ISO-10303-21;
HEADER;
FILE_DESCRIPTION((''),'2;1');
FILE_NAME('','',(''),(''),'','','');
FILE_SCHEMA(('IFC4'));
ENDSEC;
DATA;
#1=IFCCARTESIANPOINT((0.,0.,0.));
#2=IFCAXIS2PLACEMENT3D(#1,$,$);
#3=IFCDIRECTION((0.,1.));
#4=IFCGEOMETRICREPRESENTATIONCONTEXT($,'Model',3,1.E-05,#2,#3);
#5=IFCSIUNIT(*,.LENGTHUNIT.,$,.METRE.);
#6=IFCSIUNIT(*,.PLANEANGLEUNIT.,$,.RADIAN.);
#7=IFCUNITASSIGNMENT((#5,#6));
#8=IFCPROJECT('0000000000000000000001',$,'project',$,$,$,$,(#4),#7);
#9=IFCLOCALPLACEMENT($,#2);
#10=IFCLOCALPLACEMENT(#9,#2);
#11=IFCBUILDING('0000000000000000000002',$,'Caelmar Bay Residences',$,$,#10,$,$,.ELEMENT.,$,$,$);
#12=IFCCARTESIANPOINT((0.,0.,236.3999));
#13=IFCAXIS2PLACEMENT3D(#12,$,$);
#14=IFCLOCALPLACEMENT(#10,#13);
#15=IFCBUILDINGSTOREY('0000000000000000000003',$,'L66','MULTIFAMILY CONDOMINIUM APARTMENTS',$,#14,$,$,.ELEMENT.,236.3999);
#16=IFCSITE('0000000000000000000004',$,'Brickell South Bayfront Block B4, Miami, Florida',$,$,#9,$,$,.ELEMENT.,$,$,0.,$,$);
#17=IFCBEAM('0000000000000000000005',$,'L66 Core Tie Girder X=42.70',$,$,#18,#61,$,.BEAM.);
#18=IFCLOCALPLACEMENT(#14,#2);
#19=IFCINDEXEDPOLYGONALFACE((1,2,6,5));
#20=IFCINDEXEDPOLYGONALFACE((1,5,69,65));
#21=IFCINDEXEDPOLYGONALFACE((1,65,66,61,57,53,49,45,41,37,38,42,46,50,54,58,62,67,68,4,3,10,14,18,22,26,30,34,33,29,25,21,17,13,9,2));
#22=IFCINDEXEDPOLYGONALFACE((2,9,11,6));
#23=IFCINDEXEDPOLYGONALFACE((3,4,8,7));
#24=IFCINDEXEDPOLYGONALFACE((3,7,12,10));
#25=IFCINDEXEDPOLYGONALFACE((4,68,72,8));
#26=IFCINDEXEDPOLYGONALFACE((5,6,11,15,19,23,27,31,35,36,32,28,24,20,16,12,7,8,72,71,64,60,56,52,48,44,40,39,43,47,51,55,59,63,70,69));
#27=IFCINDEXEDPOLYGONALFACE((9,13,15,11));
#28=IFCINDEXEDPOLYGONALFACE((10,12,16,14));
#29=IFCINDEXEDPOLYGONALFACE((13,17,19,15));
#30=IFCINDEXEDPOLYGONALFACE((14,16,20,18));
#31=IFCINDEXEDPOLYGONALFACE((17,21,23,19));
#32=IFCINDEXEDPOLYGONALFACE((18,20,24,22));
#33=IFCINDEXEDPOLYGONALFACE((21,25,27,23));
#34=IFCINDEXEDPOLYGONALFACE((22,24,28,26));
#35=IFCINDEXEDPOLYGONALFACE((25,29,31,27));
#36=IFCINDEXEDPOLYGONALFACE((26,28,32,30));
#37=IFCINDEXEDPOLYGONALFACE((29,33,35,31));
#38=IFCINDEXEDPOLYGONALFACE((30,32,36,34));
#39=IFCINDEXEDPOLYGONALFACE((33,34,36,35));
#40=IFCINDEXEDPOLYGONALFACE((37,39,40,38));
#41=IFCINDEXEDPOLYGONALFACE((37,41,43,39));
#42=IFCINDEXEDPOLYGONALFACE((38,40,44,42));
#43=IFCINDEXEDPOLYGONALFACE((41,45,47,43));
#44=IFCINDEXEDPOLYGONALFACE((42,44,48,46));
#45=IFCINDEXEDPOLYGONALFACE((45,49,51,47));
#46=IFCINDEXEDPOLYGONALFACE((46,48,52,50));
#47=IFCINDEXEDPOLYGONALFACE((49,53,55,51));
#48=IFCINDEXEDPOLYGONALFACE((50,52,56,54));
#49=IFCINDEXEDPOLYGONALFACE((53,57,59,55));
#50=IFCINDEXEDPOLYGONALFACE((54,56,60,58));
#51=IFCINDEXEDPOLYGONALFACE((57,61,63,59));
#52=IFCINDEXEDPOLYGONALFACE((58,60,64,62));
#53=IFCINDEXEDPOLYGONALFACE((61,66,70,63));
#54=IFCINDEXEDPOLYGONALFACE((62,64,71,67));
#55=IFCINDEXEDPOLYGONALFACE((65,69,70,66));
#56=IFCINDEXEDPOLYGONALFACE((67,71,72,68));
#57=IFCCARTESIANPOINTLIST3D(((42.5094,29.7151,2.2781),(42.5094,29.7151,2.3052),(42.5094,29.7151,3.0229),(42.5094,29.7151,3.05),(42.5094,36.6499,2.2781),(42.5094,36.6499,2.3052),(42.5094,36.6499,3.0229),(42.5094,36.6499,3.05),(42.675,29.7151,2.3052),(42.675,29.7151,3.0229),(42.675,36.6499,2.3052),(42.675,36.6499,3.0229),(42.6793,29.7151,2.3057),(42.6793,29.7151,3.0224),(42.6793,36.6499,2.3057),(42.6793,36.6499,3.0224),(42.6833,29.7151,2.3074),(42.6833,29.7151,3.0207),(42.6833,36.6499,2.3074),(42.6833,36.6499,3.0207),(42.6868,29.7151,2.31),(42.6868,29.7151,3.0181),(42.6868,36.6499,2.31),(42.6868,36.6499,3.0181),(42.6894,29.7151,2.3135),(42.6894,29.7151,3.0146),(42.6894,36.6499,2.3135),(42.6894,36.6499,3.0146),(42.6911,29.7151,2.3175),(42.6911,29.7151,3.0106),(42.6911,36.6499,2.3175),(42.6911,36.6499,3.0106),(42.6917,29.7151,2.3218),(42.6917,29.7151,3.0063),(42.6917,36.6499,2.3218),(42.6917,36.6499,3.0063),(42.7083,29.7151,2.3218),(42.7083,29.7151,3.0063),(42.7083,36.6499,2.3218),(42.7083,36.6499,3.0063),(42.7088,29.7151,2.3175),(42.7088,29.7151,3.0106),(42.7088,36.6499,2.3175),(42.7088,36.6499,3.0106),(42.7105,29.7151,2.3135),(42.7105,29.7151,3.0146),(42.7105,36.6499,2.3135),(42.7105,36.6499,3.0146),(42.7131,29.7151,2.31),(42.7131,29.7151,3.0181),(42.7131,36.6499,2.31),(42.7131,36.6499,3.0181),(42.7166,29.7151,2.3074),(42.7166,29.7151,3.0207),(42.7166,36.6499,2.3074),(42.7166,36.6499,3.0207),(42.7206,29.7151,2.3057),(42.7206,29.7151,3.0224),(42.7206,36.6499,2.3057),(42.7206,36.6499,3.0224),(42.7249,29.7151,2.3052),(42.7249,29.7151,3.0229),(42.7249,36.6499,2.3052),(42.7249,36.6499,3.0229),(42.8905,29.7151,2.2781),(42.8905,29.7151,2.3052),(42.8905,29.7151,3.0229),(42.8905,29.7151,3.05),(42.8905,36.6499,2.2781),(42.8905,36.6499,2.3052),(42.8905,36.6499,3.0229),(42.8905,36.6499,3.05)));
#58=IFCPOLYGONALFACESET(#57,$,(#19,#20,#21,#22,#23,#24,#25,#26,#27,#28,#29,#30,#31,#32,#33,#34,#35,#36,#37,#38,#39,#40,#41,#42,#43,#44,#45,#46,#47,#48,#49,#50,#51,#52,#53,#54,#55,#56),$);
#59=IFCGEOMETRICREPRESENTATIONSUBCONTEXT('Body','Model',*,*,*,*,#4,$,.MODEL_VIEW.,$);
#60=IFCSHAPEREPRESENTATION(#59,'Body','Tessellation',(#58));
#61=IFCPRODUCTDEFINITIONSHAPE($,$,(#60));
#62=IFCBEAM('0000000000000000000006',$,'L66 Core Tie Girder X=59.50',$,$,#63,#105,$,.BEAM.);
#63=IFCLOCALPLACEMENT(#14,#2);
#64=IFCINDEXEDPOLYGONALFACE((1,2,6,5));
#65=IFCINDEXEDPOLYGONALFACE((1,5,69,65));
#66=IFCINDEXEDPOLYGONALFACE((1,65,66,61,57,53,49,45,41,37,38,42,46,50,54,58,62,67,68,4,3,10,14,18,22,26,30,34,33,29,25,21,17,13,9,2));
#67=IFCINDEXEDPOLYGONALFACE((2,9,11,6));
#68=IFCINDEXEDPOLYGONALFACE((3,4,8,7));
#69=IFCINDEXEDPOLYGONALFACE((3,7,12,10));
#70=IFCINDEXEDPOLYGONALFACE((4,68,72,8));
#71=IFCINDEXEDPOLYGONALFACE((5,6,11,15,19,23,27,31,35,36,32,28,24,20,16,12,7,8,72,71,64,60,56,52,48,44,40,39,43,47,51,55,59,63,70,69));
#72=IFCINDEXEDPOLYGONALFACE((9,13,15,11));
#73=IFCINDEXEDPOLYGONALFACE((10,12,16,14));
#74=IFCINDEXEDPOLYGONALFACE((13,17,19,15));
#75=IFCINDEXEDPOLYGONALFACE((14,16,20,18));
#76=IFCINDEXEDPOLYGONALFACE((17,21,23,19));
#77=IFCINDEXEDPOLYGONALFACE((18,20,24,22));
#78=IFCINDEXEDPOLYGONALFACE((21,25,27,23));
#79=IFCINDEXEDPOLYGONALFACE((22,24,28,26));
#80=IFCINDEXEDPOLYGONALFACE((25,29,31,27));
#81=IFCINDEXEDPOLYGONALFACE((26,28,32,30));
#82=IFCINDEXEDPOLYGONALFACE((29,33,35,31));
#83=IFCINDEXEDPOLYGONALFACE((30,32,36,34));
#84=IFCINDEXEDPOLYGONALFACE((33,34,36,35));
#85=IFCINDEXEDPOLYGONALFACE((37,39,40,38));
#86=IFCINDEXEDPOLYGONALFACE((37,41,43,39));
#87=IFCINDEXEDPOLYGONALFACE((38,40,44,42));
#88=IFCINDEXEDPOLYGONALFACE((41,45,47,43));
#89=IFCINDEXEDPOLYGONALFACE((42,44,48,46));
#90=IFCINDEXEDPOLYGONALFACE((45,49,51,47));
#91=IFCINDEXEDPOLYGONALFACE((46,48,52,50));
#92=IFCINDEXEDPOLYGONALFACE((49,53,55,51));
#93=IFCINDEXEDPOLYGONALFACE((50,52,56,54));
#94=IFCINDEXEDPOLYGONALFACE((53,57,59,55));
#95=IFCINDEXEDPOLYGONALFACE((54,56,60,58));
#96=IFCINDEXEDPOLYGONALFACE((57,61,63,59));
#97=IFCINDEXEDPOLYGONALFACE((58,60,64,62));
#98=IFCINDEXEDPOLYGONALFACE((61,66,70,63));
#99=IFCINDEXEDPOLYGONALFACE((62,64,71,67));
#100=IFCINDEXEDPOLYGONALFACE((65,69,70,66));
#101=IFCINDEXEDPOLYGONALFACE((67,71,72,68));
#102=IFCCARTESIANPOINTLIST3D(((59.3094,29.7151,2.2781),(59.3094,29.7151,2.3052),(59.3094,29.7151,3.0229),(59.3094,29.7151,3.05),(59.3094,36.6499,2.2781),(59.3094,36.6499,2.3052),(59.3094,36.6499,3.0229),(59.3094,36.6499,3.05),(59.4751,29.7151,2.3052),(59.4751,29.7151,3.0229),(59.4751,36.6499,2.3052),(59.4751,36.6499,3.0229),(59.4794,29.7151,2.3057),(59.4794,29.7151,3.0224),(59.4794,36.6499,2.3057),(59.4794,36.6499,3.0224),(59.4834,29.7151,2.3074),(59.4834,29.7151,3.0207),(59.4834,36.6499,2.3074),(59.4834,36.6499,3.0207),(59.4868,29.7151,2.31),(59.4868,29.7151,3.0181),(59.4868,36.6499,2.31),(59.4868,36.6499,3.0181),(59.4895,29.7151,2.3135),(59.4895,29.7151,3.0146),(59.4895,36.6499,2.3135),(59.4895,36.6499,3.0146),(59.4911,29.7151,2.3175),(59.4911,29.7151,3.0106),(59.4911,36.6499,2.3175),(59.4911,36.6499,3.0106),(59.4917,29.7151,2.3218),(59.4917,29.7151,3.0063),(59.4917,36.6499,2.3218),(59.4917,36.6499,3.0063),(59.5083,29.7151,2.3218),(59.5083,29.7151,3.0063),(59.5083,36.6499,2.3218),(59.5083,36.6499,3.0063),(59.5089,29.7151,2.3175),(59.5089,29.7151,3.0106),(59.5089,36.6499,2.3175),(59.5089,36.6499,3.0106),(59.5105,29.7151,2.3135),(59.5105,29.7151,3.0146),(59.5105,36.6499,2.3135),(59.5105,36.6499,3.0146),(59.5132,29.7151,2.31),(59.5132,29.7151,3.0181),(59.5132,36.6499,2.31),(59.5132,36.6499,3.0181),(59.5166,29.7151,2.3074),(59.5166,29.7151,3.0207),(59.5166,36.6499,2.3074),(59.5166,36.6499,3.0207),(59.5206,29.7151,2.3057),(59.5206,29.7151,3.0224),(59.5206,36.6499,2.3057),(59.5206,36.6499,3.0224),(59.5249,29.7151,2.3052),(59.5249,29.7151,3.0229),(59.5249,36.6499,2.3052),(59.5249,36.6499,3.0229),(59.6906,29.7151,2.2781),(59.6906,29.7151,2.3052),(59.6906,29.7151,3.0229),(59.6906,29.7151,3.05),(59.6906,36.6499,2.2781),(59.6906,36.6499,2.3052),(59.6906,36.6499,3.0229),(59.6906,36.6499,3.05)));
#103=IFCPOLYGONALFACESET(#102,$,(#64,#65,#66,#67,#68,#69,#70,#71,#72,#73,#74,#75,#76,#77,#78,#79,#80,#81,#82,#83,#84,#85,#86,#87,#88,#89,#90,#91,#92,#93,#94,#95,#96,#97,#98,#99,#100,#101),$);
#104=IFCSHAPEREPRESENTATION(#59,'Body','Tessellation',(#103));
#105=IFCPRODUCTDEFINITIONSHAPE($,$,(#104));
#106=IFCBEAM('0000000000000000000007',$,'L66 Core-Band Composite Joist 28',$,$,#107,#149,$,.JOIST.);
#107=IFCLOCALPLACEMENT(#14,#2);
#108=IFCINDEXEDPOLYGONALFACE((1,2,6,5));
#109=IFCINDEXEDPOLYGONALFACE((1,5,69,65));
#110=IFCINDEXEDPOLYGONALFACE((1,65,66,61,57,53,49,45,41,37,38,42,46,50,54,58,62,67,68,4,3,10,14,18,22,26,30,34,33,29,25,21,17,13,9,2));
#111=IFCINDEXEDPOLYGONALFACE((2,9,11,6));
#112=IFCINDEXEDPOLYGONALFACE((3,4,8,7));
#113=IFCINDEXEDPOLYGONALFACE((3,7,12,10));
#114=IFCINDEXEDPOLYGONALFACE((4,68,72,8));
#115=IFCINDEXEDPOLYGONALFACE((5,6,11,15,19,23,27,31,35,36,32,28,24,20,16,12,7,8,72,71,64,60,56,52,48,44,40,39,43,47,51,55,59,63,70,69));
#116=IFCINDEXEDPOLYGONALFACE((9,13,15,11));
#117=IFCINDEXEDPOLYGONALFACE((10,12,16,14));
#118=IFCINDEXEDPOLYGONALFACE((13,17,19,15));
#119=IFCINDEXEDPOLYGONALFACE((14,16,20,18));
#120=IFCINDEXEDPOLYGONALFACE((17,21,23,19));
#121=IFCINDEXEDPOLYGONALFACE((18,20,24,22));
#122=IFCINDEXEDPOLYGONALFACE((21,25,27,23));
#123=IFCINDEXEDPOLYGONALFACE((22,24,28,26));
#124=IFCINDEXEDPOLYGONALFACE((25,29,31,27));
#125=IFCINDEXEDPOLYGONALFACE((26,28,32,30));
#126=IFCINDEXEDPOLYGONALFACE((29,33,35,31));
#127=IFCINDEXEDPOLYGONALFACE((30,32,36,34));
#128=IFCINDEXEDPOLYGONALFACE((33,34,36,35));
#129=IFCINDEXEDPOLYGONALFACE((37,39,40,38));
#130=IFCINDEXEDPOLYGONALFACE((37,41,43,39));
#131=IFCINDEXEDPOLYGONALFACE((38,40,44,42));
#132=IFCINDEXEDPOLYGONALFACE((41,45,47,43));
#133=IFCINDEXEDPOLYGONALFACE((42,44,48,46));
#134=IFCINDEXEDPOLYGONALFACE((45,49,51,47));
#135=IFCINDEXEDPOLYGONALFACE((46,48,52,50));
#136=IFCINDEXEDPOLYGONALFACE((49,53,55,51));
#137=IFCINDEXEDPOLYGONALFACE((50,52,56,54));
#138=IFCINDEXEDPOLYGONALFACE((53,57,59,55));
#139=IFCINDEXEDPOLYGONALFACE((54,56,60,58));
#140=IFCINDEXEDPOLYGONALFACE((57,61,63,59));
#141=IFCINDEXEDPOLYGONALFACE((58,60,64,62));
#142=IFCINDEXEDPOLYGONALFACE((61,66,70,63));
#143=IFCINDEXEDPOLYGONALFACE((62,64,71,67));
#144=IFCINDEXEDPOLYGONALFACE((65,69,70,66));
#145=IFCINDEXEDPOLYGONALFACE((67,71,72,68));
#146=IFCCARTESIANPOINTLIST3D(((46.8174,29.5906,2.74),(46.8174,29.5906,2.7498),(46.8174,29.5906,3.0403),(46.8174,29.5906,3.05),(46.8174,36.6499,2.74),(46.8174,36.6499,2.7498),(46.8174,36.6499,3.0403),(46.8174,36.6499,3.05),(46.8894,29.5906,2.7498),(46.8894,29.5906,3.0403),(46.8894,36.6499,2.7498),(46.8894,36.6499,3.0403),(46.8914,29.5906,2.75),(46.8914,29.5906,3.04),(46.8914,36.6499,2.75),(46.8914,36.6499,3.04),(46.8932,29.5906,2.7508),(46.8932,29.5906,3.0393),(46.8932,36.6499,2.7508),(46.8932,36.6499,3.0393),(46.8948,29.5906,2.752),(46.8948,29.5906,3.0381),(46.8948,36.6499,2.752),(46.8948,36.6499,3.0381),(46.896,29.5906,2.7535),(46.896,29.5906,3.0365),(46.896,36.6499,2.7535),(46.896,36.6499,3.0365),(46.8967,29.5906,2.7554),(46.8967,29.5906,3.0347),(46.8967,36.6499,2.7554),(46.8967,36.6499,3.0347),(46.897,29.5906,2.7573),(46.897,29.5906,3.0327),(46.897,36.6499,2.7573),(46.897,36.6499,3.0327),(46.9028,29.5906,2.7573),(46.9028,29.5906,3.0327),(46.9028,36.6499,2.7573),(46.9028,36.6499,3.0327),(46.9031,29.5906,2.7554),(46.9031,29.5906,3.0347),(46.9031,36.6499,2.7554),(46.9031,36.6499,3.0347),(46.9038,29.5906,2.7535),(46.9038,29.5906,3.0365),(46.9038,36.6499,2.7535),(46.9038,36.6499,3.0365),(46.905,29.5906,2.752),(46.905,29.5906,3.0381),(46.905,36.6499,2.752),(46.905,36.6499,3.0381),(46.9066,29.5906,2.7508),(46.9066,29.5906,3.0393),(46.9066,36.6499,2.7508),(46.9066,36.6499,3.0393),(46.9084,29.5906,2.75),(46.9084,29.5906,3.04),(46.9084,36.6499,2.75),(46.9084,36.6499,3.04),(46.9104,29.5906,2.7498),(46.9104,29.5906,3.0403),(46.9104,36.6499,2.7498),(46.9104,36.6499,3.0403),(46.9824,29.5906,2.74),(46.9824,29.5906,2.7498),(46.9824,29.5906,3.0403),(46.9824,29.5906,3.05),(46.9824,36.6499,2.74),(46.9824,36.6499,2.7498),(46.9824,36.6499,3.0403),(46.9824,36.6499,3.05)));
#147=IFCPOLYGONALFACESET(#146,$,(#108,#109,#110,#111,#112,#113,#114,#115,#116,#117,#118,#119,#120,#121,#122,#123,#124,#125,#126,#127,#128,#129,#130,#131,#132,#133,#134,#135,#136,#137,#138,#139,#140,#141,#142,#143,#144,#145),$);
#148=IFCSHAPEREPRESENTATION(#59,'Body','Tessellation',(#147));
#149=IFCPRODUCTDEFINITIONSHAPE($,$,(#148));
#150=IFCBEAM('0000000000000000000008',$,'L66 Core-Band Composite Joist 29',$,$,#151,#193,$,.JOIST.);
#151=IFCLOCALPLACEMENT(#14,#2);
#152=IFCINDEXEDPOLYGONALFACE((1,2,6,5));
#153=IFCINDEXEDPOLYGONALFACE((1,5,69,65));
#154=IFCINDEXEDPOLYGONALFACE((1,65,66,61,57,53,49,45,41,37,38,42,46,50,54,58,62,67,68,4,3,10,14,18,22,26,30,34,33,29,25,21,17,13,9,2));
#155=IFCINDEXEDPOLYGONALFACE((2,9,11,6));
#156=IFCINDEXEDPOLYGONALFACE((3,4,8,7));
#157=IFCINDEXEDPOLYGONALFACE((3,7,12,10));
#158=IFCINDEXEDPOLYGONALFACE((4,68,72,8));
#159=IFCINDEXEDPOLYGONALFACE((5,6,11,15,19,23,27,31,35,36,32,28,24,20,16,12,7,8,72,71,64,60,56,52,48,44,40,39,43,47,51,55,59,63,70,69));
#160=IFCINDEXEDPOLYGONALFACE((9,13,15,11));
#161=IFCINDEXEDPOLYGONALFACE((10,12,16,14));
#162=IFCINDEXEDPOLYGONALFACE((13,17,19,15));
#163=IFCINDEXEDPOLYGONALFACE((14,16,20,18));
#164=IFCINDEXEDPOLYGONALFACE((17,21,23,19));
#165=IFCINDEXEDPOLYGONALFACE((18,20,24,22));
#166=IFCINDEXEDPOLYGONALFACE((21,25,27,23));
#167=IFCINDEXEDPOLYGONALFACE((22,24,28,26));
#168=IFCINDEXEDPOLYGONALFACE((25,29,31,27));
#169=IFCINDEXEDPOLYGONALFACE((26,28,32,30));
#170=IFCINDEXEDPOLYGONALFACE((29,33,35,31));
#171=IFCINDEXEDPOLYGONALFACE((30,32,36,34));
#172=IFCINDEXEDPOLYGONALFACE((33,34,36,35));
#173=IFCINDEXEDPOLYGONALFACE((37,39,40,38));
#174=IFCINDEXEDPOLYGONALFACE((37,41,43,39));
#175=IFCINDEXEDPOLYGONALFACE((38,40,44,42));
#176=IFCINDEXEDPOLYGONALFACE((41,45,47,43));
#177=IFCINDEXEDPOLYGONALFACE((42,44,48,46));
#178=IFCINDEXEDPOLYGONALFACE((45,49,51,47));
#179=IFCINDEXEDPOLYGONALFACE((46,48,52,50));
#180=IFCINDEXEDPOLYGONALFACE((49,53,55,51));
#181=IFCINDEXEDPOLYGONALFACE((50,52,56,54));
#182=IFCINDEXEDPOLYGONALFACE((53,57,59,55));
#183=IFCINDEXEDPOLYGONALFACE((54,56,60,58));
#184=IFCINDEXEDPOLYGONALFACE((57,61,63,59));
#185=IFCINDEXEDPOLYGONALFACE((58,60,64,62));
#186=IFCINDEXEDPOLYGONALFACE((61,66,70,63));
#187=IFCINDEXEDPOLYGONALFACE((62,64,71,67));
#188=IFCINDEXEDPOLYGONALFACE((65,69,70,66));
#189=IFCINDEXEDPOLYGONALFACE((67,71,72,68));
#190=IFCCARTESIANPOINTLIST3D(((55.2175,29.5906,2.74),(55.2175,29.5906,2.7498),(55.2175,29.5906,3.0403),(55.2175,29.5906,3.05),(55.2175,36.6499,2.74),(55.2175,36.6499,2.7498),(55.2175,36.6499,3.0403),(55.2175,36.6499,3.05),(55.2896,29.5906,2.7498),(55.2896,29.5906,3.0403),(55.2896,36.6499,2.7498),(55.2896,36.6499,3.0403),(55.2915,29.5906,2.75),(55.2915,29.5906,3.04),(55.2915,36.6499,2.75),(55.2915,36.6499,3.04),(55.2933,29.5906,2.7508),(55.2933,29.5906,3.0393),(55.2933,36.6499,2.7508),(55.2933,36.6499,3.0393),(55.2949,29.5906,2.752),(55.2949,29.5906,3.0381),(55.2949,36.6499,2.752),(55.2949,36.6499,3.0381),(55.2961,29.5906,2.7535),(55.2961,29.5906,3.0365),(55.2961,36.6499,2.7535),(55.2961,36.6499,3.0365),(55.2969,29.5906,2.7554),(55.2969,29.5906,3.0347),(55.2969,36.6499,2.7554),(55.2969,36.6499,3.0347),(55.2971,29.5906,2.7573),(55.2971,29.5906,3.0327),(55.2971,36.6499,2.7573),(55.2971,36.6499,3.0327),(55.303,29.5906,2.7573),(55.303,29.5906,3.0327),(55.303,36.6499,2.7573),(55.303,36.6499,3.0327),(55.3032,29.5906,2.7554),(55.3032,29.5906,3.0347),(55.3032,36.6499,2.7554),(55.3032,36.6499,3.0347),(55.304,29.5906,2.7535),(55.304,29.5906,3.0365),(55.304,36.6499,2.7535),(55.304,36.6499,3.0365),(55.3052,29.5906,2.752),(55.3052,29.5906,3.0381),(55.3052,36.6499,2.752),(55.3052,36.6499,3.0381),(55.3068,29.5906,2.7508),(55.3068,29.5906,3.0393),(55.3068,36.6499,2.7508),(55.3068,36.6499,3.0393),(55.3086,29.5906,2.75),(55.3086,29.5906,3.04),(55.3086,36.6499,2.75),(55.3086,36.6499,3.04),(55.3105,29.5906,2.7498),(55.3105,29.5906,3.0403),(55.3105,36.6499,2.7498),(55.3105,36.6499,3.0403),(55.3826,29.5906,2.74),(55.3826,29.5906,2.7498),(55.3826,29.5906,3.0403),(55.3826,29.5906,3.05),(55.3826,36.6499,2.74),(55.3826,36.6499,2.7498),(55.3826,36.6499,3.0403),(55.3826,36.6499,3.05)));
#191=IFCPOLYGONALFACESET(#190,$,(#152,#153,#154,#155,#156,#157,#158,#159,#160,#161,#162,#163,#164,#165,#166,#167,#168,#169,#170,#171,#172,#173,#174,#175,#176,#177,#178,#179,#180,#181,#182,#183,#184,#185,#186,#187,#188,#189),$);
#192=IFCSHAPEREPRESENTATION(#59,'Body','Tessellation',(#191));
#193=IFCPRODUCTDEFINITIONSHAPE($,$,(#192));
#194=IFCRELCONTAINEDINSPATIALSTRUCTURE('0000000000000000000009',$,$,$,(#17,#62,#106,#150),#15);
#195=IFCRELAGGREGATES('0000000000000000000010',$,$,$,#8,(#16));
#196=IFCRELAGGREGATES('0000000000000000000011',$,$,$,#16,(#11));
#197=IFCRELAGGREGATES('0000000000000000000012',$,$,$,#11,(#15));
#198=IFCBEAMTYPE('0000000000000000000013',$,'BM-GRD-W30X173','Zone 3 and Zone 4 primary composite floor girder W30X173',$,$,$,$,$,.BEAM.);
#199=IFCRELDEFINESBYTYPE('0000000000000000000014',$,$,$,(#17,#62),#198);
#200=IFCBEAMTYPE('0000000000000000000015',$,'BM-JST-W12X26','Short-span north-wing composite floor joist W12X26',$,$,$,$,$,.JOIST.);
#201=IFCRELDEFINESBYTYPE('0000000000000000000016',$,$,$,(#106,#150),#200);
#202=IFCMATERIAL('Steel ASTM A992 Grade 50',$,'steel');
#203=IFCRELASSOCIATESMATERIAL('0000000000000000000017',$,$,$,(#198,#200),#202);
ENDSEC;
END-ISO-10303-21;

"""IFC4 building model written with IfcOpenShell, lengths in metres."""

from ifc_helpers import new_model, si_unit, direction, frame, origin, origin_2d, place, context, subcontext, project, spatial, i_section, extrude, material, material_profile, profile_set, type_object, element, save


model = new_model("IFC4")

# Units and contexts
model_context = context("Model", 3, precision=1e-05, world=origin(), true_north=direction((0.0, 1.0)))
body_context = subcontext(model_context, "Body", "Model", "MODEL_VIEW")
ifc_project = project(units=[si_unit("LENGTHUNIT", "METRE"), si_unit("PLANEANGLEUNIT", "RADIAN")], contexts=[model_context])

# Site, building, storey
site_placement = place(None, origin())
site = spatial("IfcSite", under=ifc_project, at=site_placement, Name="Brickell South Bayfront Block B4, Miami, Florida", CompositionType="ELEMENT", RefElevation=0.0)
building_placement = place(site_placement, origin())
building = spatial("IfcBuilding", under=site, at=building_placement, Name="Caelmar Bay Residences", CompositionType="ELEMENT")
storey_placement = place(building_placement, frame((0.0, 0.0, 236.3999)))
storey = spatial("IfcBuildingStorey", under=building, at=storey_placement, Name="L66", Description="MULTIFAMILY CONDOMINIUM APARTMENTS", CompositionType="ELEMENT", Elevation=236.3999)

# Beams
ifc_material_1 = material(Name="Steel ASTM A992 Grade 50", Category="steel")
ifc_material_profile_1 = material_profile(ifc_material_1, i_section(OverallWidth=0.3811, OverallDepth=0.772, WebThickness=0.0166, FlangeThickness=0.0271, FilletRadius=0.0166, at=origin_2d()), Name="W30X173")
ifc_profile_set_1 = profile_set([ifc_material_profile_1], Name="Steel ASTM A992 Grade 50")
beam_type_1 = type_object("IfcBeamType", Name="BM-GRD-W30X173", Description="Zone 3 and Zone 4 primary composite floor girder W30X173", PredefinedType="BEAM", material=ifc_profile_set_1)
for number, where, z_axis, x_axis, name in (
    (1, (42.7, 29.7151, 2.6641), (0.0, 1.0, 0.0), (-1.0, 0.0, 0.0), "L66 Core Tie Girder X=42.70"),
    (2, (59.5, 29.7151, 2.6641), (0.0, 1.0, 0.0), (-1.0, 0.0, 0.0), "L66 Core Tie Girder X=59.50"),
):
    element("IfcBeam", number, at=place(storey_placement, frame(where, z_axis=z_axis, x_axis=x_axis)), inside=storey, type_object=beam_type_1, Name=name, PredefinedType="BEAM", context=body_context, shape_type="SweptSolid", body=[
        extrude(i_section(OverallWidth=0.3811, OverallDepth=0.772, WebThickness=0.0166, FlangeThickness=0.0271, FilletRadius=0.0166, at=origin_2d()), origin(), (0.0, 0.0, 1.0), 6.9348),
    ])
ifc_material_profile_2 = material_profile(ifc_material_1, i_section(OverallWidth=0.165, OverallDepth=0.3101, WebThickness=0.0059, FlangeThickness=0.0098, FilletRadius=0.0076, at=origin_2d()), Name="W12X26")
ifc_profile_set_2 = profile_set([ifc_material_profile_2], Name="Steel ASTM A992 Grade 50")
beam_type_2 = type_object("IfcBeamType", Name="BM-JST-W12X26", Description="Short-span north-wing composite floor joist W12X26", PredefinedType="JOIST", material=ifc_profile_set_2)
for number, where, z_axis, x_axis, name in (
    (3, (46.8999, 29.5906, 2.895), (0.0, 1.0, 0.0), (-1.0, 0.0, 0.0), "L66 Core-Band Composite Joist 28"),
    (4, (55.3, 29.5906, 2.895), (0.0, 1.0, 0.0), (-1.0, 0.0, 0.0), "L66 Core-Band Composite Joist 29"),
):
    element("IfcBeam", number, at=place(storey_placement, frame(where, z_axis=z_axis, x_axis=x_axis)), inside=storey, type_object=beam_type_2, Name=name, PredefinedType="JOIST", context=body_context, shape_type="SweptSolid", body=[
        extrude(i_section(OverallWidth=0.165, OverallDepth=0.3101, WebThickness=0.0059, FlangeThickness=0.0098, FilletRadius=0.0076, at=origin_2d()), origin(), (0.0, 0.0, 1.0), 7.0593),
    ])

save(model, "model.ifc")
